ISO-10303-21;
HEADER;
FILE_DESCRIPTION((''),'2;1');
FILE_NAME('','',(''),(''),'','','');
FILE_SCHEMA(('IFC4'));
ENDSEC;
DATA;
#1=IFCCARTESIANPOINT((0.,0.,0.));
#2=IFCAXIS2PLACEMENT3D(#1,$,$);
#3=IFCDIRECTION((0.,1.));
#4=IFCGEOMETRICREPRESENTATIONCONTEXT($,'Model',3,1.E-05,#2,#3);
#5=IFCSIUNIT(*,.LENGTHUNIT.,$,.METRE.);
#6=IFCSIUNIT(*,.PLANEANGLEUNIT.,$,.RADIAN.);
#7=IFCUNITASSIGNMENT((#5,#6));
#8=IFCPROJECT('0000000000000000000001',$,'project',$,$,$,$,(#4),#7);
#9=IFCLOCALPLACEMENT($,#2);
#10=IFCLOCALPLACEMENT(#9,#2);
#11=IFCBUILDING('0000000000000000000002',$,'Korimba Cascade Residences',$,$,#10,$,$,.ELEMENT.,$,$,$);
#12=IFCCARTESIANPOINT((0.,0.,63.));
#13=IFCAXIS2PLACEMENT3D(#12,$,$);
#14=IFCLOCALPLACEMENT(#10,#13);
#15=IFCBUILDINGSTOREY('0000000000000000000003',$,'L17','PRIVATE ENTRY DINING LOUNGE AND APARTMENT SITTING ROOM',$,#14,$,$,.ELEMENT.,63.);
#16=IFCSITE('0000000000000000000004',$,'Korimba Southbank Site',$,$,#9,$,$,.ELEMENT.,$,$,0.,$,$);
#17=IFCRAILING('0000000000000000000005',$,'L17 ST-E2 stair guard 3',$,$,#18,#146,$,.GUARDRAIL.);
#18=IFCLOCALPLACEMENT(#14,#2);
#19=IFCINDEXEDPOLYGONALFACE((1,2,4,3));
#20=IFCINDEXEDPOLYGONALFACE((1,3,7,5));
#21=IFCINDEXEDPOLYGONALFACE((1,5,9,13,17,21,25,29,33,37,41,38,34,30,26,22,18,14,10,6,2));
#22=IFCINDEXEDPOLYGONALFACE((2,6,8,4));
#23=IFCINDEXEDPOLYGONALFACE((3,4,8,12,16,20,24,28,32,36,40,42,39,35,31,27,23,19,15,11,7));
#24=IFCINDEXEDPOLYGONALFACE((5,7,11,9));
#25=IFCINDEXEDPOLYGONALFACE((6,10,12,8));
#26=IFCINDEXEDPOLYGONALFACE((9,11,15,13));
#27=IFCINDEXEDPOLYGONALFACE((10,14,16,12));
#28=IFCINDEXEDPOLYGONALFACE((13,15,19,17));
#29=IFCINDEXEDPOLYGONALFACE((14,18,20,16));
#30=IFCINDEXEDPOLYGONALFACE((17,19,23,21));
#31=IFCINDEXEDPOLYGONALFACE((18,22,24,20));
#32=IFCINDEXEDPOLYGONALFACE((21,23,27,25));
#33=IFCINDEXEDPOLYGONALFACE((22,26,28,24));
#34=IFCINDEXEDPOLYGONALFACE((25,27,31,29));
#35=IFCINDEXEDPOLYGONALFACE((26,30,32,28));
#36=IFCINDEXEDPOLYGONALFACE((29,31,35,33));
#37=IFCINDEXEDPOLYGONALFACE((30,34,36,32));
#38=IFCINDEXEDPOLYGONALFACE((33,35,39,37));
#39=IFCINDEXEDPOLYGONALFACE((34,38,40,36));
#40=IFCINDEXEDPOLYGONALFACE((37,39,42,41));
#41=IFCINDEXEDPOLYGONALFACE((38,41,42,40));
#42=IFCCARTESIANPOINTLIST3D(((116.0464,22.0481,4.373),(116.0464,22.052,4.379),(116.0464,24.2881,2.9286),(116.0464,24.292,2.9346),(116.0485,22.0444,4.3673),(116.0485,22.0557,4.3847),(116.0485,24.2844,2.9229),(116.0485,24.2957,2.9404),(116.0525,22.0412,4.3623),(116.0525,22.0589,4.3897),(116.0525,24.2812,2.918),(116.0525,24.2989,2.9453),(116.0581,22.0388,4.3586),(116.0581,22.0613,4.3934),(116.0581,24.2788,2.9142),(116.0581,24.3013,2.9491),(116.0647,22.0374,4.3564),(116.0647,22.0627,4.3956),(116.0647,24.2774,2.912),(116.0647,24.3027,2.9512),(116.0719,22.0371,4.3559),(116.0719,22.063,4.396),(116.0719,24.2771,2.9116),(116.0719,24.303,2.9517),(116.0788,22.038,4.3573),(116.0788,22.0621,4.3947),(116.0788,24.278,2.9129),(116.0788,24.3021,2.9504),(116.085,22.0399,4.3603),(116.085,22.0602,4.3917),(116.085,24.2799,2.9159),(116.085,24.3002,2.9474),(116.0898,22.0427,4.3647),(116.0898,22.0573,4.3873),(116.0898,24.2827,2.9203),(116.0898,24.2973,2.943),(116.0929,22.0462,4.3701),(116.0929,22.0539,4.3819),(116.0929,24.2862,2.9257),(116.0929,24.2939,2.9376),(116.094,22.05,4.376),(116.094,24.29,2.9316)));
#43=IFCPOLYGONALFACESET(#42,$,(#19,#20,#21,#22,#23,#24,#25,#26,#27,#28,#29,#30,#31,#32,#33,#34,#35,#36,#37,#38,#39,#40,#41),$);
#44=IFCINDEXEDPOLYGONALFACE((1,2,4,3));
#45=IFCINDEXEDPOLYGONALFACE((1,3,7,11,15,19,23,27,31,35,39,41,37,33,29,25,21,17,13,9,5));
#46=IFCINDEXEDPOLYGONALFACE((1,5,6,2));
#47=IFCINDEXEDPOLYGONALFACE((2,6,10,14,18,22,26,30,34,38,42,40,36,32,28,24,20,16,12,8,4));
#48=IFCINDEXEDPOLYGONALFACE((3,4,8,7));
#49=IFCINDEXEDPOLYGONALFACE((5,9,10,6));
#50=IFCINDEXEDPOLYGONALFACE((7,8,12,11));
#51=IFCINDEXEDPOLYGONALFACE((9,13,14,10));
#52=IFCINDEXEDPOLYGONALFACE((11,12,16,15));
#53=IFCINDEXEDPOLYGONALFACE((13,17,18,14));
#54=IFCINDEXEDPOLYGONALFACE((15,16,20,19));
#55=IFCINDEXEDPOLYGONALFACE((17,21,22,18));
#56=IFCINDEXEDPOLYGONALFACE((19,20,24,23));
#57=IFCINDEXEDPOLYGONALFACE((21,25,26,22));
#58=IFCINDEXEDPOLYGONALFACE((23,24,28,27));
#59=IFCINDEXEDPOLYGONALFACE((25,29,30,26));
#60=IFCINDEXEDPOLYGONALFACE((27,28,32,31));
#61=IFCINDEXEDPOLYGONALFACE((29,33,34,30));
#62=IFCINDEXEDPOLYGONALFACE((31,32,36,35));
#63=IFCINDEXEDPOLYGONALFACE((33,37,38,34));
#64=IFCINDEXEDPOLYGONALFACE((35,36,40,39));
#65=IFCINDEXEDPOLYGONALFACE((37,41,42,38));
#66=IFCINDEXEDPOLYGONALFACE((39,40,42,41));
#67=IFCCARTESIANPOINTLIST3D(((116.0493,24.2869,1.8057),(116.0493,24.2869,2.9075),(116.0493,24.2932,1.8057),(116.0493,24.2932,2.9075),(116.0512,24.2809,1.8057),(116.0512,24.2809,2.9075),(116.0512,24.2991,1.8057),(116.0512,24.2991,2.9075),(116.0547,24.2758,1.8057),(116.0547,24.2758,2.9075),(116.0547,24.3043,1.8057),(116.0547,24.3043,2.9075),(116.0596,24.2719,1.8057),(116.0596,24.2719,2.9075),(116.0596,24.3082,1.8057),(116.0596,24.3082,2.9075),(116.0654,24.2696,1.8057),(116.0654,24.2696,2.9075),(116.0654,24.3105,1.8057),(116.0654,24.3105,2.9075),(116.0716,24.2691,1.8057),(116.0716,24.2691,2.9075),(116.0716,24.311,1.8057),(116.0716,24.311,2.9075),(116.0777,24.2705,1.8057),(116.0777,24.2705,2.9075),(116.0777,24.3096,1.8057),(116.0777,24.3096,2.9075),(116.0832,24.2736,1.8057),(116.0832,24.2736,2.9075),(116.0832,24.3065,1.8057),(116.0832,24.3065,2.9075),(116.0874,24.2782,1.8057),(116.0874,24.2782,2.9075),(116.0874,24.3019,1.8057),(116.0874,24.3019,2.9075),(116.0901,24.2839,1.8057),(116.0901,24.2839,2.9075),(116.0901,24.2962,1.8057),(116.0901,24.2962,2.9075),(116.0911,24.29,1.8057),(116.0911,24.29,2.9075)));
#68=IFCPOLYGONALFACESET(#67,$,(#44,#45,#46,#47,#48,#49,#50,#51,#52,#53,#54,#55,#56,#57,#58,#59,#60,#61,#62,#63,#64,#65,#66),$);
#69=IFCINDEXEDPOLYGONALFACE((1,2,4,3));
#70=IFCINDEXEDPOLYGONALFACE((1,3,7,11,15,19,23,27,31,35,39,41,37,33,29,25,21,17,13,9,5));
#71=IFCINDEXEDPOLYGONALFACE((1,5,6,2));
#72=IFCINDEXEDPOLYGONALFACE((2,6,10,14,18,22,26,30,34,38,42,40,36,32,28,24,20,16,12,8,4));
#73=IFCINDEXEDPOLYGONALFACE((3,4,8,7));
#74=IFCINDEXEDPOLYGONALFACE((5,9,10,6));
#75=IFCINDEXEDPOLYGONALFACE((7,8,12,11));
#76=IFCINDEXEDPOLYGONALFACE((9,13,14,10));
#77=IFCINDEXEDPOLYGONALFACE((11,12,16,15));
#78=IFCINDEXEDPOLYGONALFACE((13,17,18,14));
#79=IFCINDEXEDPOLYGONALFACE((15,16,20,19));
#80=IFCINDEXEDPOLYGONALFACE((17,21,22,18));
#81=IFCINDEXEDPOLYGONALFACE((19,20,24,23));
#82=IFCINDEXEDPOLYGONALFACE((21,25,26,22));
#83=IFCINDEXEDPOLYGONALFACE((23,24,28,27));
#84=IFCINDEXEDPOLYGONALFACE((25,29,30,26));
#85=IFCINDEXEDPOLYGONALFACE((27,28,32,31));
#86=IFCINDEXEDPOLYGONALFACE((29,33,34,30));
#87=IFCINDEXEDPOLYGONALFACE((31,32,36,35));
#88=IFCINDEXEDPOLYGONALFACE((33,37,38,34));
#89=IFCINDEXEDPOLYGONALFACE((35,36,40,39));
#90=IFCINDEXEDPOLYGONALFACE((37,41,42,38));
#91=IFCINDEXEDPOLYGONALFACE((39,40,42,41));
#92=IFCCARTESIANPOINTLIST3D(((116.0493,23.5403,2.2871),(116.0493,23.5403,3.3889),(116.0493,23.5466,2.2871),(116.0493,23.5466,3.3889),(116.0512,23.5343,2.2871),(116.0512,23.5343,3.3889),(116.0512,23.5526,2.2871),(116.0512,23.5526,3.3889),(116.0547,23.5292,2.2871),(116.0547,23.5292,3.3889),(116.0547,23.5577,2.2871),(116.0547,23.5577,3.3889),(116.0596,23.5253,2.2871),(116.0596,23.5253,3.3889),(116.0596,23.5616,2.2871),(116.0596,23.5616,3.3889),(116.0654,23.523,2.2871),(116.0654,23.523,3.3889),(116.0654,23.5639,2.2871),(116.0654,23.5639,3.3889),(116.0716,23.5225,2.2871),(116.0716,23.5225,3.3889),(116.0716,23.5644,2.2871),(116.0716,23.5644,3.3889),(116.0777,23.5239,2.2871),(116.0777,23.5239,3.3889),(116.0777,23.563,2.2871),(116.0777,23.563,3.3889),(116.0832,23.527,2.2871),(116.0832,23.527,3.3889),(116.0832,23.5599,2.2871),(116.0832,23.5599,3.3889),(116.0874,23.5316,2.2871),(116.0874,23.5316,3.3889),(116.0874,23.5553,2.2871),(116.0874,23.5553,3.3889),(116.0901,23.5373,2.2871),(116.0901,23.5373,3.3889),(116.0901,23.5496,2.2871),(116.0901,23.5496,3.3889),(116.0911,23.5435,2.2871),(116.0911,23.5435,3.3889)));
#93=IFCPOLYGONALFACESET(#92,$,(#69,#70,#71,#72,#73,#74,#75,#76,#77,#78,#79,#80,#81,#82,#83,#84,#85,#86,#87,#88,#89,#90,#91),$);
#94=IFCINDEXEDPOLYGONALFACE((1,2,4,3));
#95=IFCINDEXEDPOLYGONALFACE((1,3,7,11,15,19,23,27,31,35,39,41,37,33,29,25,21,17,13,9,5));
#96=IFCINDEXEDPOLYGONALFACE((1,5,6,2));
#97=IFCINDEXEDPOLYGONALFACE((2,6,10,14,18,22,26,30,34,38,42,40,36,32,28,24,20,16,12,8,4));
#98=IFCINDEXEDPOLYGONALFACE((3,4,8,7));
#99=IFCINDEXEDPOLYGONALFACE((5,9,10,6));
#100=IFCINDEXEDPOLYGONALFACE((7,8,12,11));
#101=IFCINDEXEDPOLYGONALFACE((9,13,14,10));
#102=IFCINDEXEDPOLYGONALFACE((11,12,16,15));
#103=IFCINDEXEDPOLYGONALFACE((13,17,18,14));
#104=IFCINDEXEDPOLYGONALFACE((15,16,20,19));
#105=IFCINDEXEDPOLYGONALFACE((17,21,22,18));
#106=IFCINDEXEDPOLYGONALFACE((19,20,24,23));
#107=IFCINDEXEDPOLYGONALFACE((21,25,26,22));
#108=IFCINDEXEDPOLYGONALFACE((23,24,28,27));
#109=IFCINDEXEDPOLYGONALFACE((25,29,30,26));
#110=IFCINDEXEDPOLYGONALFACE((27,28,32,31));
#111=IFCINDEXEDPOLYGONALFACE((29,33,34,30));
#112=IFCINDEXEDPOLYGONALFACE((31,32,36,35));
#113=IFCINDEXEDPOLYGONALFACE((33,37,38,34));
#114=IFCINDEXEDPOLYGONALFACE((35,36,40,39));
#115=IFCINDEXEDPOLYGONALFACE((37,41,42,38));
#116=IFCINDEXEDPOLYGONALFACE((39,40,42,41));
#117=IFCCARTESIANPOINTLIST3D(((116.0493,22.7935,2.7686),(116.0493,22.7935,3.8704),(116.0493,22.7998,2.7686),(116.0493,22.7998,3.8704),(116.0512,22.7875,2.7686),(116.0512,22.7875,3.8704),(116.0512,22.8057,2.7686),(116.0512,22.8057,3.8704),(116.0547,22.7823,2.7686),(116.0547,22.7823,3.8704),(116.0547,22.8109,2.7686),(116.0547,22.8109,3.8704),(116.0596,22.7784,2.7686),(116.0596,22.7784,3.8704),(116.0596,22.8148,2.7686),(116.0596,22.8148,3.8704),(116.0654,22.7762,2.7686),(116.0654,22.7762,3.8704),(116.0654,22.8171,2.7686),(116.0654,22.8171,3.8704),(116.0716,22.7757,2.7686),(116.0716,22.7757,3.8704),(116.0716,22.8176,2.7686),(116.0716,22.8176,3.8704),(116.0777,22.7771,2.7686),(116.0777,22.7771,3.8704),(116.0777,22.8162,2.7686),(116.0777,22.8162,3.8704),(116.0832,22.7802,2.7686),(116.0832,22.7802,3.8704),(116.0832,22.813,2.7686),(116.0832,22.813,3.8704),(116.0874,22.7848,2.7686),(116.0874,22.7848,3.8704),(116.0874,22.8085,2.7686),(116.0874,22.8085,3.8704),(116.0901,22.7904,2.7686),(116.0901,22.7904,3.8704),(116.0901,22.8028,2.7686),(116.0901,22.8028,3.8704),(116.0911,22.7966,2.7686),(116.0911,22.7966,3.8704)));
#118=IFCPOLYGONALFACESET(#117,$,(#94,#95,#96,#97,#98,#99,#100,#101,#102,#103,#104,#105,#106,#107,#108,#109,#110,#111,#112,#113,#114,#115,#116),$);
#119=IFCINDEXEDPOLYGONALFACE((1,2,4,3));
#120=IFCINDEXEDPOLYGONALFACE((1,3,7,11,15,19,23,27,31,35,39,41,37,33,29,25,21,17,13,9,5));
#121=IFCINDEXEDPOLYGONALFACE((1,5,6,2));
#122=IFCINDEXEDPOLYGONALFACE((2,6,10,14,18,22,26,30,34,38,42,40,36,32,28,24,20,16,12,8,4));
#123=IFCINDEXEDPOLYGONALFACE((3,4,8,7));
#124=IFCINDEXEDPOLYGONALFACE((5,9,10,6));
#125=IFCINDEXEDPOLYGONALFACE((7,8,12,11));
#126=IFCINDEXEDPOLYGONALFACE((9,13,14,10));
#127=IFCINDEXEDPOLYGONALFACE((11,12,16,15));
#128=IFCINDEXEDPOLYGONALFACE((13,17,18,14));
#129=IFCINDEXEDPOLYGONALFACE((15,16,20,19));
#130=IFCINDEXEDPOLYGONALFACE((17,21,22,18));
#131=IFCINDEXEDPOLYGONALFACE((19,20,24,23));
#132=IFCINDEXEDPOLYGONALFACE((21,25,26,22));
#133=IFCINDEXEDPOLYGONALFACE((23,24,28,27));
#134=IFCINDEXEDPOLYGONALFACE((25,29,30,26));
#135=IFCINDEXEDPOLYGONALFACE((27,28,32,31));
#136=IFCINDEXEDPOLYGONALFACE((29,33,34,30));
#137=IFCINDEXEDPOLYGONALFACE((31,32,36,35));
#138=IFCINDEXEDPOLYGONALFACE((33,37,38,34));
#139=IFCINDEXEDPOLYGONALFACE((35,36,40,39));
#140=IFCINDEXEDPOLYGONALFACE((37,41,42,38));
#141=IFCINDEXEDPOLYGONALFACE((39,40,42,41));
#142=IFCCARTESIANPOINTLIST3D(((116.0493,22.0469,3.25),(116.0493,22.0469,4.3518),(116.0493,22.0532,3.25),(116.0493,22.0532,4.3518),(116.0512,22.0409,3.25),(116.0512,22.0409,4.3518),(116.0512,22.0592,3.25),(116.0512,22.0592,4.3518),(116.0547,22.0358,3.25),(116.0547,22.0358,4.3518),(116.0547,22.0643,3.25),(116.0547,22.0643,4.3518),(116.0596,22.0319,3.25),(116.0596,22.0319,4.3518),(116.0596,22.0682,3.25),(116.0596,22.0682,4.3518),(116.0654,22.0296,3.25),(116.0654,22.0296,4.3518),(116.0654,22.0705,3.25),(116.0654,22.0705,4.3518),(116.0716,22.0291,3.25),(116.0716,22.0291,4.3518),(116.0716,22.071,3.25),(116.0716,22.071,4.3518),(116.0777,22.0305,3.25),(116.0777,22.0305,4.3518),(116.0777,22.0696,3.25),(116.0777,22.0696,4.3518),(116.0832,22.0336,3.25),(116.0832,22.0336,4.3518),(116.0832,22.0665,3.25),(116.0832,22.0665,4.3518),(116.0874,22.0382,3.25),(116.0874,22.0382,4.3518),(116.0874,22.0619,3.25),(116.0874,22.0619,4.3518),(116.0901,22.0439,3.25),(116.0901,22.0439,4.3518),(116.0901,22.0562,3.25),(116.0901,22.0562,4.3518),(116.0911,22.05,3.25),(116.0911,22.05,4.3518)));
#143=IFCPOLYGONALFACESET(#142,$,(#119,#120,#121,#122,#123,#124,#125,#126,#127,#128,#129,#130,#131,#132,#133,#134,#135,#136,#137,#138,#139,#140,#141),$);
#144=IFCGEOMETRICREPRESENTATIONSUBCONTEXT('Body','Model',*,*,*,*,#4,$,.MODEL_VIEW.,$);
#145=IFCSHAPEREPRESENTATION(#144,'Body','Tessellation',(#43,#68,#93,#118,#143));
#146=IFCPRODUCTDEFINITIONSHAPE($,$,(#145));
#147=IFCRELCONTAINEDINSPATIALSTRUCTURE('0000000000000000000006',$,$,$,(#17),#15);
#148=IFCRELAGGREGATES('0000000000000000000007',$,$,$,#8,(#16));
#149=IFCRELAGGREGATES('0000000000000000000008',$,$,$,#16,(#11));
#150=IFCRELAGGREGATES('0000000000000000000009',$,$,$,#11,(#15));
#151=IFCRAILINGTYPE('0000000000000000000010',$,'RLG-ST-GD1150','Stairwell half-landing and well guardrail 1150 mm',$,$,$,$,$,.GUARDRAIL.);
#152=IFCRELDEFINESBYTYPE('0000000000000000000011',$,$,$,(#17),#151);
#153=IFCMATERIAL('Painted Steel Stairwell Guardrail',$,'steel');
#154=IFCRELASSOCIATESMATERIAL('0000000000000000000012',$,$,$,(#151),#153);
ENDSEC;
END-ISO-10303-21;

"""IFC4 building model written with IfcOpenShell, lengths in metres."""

from ifc_helpers import new_model, si_unit, direction, frame, origin, origin_2d, place, context, subcontext, project, spatial, circle, extrude, material, type_object, element, save


model = new_model("IFC4")

# Units and contexts
model_context = context("Model", 3, precision=1e-05, world=origin(), true_north=direction((0.0, 1.0)))
body_context = subcontext(model_context, "Body", "Model", "MODEL_VIEW")
ifc_project = project(units=[si_unit("LENGTHUNIT", "METRE"), si_unit("PLANEANGLEUNIT", "RADIAN")], contexts=[model_context])

# Site, building, storey
site_placement = place(None, origin())
site = spatial("IfcSite", under=ifc_project, at=site_placement, Name="Korimba Southbank Site", CompositionType="ELEMENT", RefElevation=0.0)
building_placement = place(site_placement, origin())
building = spatial("IfcBuilding", under=site, at=building_placement, Name="Korimba Cascade Residences", CompositionType="ELEMENT")
storey_placement = place(building_placement, frame((0.0, 0.0, 63.0)))
storey = spatial("IfcBuildingStorey", under=building, at=storey_placement, Name="L17", Description="PRIVATE ENTRY DINING LOUNGE AND APARTMENT SITTING ROOM", CompositionType="ELEMENT", Elevation=63.0)

# Railing
ifc_material_1 = material(Name="Painted Steel Stairwell Guardrail", Category="steel")
railing_type_1 = type_object("IfcRailingType", Name="RLG-ST-GD1150", Description="Stairwell half-landing and well guardrail 1150 mm", PredefinedType="GUARDRAIL", material=ifc_material_1)
railing_1_placement = place(storey_placement, frame((116.0701, 24.29, 1.8057)))
element("IfcRailing", 1, at=railing_1_placement, inside=storey, type_object=railing_type_1, Name="L17 ST-E2 stair guard 3", PredefinedType="GUARDRAIL", context=body_context, shape_type="SweptSolid", body=[
    extrude(circle(Radius=0.0239, at=origin_2d()), frame((0.0, 0.0, 1.126), z_axis=(0.0, -0.840437, 0.54191), x_axis=(1.0, 0.0, 0.0)), (0.0, 0.0, 1.0), 2.6653),
    extrude(circle(Radius=0.021, at=origin_2d()), origin(), (0.0, 0.0, 1.0), 1.1018),
    extrude(circle(Radius=0.021, at=origin_2d()), frame((0.0, -0.7466, 0.4814)), (0.0, 0.0, 1.0), 1.1018),
    extrude(circle(Radius=0.021, at=origin_2d()), frame((0.0, -1.4934, 0.9629)), (0.0, 0.0, 1.0), 1.1018),
    extrude(circle(Radius=0.021, at=origin_2d()), frame((0.0, -2.24, 1.4443)), (0.0, 0.0, 1.0), 1.1018),
])

save(model, "model.ifc")
